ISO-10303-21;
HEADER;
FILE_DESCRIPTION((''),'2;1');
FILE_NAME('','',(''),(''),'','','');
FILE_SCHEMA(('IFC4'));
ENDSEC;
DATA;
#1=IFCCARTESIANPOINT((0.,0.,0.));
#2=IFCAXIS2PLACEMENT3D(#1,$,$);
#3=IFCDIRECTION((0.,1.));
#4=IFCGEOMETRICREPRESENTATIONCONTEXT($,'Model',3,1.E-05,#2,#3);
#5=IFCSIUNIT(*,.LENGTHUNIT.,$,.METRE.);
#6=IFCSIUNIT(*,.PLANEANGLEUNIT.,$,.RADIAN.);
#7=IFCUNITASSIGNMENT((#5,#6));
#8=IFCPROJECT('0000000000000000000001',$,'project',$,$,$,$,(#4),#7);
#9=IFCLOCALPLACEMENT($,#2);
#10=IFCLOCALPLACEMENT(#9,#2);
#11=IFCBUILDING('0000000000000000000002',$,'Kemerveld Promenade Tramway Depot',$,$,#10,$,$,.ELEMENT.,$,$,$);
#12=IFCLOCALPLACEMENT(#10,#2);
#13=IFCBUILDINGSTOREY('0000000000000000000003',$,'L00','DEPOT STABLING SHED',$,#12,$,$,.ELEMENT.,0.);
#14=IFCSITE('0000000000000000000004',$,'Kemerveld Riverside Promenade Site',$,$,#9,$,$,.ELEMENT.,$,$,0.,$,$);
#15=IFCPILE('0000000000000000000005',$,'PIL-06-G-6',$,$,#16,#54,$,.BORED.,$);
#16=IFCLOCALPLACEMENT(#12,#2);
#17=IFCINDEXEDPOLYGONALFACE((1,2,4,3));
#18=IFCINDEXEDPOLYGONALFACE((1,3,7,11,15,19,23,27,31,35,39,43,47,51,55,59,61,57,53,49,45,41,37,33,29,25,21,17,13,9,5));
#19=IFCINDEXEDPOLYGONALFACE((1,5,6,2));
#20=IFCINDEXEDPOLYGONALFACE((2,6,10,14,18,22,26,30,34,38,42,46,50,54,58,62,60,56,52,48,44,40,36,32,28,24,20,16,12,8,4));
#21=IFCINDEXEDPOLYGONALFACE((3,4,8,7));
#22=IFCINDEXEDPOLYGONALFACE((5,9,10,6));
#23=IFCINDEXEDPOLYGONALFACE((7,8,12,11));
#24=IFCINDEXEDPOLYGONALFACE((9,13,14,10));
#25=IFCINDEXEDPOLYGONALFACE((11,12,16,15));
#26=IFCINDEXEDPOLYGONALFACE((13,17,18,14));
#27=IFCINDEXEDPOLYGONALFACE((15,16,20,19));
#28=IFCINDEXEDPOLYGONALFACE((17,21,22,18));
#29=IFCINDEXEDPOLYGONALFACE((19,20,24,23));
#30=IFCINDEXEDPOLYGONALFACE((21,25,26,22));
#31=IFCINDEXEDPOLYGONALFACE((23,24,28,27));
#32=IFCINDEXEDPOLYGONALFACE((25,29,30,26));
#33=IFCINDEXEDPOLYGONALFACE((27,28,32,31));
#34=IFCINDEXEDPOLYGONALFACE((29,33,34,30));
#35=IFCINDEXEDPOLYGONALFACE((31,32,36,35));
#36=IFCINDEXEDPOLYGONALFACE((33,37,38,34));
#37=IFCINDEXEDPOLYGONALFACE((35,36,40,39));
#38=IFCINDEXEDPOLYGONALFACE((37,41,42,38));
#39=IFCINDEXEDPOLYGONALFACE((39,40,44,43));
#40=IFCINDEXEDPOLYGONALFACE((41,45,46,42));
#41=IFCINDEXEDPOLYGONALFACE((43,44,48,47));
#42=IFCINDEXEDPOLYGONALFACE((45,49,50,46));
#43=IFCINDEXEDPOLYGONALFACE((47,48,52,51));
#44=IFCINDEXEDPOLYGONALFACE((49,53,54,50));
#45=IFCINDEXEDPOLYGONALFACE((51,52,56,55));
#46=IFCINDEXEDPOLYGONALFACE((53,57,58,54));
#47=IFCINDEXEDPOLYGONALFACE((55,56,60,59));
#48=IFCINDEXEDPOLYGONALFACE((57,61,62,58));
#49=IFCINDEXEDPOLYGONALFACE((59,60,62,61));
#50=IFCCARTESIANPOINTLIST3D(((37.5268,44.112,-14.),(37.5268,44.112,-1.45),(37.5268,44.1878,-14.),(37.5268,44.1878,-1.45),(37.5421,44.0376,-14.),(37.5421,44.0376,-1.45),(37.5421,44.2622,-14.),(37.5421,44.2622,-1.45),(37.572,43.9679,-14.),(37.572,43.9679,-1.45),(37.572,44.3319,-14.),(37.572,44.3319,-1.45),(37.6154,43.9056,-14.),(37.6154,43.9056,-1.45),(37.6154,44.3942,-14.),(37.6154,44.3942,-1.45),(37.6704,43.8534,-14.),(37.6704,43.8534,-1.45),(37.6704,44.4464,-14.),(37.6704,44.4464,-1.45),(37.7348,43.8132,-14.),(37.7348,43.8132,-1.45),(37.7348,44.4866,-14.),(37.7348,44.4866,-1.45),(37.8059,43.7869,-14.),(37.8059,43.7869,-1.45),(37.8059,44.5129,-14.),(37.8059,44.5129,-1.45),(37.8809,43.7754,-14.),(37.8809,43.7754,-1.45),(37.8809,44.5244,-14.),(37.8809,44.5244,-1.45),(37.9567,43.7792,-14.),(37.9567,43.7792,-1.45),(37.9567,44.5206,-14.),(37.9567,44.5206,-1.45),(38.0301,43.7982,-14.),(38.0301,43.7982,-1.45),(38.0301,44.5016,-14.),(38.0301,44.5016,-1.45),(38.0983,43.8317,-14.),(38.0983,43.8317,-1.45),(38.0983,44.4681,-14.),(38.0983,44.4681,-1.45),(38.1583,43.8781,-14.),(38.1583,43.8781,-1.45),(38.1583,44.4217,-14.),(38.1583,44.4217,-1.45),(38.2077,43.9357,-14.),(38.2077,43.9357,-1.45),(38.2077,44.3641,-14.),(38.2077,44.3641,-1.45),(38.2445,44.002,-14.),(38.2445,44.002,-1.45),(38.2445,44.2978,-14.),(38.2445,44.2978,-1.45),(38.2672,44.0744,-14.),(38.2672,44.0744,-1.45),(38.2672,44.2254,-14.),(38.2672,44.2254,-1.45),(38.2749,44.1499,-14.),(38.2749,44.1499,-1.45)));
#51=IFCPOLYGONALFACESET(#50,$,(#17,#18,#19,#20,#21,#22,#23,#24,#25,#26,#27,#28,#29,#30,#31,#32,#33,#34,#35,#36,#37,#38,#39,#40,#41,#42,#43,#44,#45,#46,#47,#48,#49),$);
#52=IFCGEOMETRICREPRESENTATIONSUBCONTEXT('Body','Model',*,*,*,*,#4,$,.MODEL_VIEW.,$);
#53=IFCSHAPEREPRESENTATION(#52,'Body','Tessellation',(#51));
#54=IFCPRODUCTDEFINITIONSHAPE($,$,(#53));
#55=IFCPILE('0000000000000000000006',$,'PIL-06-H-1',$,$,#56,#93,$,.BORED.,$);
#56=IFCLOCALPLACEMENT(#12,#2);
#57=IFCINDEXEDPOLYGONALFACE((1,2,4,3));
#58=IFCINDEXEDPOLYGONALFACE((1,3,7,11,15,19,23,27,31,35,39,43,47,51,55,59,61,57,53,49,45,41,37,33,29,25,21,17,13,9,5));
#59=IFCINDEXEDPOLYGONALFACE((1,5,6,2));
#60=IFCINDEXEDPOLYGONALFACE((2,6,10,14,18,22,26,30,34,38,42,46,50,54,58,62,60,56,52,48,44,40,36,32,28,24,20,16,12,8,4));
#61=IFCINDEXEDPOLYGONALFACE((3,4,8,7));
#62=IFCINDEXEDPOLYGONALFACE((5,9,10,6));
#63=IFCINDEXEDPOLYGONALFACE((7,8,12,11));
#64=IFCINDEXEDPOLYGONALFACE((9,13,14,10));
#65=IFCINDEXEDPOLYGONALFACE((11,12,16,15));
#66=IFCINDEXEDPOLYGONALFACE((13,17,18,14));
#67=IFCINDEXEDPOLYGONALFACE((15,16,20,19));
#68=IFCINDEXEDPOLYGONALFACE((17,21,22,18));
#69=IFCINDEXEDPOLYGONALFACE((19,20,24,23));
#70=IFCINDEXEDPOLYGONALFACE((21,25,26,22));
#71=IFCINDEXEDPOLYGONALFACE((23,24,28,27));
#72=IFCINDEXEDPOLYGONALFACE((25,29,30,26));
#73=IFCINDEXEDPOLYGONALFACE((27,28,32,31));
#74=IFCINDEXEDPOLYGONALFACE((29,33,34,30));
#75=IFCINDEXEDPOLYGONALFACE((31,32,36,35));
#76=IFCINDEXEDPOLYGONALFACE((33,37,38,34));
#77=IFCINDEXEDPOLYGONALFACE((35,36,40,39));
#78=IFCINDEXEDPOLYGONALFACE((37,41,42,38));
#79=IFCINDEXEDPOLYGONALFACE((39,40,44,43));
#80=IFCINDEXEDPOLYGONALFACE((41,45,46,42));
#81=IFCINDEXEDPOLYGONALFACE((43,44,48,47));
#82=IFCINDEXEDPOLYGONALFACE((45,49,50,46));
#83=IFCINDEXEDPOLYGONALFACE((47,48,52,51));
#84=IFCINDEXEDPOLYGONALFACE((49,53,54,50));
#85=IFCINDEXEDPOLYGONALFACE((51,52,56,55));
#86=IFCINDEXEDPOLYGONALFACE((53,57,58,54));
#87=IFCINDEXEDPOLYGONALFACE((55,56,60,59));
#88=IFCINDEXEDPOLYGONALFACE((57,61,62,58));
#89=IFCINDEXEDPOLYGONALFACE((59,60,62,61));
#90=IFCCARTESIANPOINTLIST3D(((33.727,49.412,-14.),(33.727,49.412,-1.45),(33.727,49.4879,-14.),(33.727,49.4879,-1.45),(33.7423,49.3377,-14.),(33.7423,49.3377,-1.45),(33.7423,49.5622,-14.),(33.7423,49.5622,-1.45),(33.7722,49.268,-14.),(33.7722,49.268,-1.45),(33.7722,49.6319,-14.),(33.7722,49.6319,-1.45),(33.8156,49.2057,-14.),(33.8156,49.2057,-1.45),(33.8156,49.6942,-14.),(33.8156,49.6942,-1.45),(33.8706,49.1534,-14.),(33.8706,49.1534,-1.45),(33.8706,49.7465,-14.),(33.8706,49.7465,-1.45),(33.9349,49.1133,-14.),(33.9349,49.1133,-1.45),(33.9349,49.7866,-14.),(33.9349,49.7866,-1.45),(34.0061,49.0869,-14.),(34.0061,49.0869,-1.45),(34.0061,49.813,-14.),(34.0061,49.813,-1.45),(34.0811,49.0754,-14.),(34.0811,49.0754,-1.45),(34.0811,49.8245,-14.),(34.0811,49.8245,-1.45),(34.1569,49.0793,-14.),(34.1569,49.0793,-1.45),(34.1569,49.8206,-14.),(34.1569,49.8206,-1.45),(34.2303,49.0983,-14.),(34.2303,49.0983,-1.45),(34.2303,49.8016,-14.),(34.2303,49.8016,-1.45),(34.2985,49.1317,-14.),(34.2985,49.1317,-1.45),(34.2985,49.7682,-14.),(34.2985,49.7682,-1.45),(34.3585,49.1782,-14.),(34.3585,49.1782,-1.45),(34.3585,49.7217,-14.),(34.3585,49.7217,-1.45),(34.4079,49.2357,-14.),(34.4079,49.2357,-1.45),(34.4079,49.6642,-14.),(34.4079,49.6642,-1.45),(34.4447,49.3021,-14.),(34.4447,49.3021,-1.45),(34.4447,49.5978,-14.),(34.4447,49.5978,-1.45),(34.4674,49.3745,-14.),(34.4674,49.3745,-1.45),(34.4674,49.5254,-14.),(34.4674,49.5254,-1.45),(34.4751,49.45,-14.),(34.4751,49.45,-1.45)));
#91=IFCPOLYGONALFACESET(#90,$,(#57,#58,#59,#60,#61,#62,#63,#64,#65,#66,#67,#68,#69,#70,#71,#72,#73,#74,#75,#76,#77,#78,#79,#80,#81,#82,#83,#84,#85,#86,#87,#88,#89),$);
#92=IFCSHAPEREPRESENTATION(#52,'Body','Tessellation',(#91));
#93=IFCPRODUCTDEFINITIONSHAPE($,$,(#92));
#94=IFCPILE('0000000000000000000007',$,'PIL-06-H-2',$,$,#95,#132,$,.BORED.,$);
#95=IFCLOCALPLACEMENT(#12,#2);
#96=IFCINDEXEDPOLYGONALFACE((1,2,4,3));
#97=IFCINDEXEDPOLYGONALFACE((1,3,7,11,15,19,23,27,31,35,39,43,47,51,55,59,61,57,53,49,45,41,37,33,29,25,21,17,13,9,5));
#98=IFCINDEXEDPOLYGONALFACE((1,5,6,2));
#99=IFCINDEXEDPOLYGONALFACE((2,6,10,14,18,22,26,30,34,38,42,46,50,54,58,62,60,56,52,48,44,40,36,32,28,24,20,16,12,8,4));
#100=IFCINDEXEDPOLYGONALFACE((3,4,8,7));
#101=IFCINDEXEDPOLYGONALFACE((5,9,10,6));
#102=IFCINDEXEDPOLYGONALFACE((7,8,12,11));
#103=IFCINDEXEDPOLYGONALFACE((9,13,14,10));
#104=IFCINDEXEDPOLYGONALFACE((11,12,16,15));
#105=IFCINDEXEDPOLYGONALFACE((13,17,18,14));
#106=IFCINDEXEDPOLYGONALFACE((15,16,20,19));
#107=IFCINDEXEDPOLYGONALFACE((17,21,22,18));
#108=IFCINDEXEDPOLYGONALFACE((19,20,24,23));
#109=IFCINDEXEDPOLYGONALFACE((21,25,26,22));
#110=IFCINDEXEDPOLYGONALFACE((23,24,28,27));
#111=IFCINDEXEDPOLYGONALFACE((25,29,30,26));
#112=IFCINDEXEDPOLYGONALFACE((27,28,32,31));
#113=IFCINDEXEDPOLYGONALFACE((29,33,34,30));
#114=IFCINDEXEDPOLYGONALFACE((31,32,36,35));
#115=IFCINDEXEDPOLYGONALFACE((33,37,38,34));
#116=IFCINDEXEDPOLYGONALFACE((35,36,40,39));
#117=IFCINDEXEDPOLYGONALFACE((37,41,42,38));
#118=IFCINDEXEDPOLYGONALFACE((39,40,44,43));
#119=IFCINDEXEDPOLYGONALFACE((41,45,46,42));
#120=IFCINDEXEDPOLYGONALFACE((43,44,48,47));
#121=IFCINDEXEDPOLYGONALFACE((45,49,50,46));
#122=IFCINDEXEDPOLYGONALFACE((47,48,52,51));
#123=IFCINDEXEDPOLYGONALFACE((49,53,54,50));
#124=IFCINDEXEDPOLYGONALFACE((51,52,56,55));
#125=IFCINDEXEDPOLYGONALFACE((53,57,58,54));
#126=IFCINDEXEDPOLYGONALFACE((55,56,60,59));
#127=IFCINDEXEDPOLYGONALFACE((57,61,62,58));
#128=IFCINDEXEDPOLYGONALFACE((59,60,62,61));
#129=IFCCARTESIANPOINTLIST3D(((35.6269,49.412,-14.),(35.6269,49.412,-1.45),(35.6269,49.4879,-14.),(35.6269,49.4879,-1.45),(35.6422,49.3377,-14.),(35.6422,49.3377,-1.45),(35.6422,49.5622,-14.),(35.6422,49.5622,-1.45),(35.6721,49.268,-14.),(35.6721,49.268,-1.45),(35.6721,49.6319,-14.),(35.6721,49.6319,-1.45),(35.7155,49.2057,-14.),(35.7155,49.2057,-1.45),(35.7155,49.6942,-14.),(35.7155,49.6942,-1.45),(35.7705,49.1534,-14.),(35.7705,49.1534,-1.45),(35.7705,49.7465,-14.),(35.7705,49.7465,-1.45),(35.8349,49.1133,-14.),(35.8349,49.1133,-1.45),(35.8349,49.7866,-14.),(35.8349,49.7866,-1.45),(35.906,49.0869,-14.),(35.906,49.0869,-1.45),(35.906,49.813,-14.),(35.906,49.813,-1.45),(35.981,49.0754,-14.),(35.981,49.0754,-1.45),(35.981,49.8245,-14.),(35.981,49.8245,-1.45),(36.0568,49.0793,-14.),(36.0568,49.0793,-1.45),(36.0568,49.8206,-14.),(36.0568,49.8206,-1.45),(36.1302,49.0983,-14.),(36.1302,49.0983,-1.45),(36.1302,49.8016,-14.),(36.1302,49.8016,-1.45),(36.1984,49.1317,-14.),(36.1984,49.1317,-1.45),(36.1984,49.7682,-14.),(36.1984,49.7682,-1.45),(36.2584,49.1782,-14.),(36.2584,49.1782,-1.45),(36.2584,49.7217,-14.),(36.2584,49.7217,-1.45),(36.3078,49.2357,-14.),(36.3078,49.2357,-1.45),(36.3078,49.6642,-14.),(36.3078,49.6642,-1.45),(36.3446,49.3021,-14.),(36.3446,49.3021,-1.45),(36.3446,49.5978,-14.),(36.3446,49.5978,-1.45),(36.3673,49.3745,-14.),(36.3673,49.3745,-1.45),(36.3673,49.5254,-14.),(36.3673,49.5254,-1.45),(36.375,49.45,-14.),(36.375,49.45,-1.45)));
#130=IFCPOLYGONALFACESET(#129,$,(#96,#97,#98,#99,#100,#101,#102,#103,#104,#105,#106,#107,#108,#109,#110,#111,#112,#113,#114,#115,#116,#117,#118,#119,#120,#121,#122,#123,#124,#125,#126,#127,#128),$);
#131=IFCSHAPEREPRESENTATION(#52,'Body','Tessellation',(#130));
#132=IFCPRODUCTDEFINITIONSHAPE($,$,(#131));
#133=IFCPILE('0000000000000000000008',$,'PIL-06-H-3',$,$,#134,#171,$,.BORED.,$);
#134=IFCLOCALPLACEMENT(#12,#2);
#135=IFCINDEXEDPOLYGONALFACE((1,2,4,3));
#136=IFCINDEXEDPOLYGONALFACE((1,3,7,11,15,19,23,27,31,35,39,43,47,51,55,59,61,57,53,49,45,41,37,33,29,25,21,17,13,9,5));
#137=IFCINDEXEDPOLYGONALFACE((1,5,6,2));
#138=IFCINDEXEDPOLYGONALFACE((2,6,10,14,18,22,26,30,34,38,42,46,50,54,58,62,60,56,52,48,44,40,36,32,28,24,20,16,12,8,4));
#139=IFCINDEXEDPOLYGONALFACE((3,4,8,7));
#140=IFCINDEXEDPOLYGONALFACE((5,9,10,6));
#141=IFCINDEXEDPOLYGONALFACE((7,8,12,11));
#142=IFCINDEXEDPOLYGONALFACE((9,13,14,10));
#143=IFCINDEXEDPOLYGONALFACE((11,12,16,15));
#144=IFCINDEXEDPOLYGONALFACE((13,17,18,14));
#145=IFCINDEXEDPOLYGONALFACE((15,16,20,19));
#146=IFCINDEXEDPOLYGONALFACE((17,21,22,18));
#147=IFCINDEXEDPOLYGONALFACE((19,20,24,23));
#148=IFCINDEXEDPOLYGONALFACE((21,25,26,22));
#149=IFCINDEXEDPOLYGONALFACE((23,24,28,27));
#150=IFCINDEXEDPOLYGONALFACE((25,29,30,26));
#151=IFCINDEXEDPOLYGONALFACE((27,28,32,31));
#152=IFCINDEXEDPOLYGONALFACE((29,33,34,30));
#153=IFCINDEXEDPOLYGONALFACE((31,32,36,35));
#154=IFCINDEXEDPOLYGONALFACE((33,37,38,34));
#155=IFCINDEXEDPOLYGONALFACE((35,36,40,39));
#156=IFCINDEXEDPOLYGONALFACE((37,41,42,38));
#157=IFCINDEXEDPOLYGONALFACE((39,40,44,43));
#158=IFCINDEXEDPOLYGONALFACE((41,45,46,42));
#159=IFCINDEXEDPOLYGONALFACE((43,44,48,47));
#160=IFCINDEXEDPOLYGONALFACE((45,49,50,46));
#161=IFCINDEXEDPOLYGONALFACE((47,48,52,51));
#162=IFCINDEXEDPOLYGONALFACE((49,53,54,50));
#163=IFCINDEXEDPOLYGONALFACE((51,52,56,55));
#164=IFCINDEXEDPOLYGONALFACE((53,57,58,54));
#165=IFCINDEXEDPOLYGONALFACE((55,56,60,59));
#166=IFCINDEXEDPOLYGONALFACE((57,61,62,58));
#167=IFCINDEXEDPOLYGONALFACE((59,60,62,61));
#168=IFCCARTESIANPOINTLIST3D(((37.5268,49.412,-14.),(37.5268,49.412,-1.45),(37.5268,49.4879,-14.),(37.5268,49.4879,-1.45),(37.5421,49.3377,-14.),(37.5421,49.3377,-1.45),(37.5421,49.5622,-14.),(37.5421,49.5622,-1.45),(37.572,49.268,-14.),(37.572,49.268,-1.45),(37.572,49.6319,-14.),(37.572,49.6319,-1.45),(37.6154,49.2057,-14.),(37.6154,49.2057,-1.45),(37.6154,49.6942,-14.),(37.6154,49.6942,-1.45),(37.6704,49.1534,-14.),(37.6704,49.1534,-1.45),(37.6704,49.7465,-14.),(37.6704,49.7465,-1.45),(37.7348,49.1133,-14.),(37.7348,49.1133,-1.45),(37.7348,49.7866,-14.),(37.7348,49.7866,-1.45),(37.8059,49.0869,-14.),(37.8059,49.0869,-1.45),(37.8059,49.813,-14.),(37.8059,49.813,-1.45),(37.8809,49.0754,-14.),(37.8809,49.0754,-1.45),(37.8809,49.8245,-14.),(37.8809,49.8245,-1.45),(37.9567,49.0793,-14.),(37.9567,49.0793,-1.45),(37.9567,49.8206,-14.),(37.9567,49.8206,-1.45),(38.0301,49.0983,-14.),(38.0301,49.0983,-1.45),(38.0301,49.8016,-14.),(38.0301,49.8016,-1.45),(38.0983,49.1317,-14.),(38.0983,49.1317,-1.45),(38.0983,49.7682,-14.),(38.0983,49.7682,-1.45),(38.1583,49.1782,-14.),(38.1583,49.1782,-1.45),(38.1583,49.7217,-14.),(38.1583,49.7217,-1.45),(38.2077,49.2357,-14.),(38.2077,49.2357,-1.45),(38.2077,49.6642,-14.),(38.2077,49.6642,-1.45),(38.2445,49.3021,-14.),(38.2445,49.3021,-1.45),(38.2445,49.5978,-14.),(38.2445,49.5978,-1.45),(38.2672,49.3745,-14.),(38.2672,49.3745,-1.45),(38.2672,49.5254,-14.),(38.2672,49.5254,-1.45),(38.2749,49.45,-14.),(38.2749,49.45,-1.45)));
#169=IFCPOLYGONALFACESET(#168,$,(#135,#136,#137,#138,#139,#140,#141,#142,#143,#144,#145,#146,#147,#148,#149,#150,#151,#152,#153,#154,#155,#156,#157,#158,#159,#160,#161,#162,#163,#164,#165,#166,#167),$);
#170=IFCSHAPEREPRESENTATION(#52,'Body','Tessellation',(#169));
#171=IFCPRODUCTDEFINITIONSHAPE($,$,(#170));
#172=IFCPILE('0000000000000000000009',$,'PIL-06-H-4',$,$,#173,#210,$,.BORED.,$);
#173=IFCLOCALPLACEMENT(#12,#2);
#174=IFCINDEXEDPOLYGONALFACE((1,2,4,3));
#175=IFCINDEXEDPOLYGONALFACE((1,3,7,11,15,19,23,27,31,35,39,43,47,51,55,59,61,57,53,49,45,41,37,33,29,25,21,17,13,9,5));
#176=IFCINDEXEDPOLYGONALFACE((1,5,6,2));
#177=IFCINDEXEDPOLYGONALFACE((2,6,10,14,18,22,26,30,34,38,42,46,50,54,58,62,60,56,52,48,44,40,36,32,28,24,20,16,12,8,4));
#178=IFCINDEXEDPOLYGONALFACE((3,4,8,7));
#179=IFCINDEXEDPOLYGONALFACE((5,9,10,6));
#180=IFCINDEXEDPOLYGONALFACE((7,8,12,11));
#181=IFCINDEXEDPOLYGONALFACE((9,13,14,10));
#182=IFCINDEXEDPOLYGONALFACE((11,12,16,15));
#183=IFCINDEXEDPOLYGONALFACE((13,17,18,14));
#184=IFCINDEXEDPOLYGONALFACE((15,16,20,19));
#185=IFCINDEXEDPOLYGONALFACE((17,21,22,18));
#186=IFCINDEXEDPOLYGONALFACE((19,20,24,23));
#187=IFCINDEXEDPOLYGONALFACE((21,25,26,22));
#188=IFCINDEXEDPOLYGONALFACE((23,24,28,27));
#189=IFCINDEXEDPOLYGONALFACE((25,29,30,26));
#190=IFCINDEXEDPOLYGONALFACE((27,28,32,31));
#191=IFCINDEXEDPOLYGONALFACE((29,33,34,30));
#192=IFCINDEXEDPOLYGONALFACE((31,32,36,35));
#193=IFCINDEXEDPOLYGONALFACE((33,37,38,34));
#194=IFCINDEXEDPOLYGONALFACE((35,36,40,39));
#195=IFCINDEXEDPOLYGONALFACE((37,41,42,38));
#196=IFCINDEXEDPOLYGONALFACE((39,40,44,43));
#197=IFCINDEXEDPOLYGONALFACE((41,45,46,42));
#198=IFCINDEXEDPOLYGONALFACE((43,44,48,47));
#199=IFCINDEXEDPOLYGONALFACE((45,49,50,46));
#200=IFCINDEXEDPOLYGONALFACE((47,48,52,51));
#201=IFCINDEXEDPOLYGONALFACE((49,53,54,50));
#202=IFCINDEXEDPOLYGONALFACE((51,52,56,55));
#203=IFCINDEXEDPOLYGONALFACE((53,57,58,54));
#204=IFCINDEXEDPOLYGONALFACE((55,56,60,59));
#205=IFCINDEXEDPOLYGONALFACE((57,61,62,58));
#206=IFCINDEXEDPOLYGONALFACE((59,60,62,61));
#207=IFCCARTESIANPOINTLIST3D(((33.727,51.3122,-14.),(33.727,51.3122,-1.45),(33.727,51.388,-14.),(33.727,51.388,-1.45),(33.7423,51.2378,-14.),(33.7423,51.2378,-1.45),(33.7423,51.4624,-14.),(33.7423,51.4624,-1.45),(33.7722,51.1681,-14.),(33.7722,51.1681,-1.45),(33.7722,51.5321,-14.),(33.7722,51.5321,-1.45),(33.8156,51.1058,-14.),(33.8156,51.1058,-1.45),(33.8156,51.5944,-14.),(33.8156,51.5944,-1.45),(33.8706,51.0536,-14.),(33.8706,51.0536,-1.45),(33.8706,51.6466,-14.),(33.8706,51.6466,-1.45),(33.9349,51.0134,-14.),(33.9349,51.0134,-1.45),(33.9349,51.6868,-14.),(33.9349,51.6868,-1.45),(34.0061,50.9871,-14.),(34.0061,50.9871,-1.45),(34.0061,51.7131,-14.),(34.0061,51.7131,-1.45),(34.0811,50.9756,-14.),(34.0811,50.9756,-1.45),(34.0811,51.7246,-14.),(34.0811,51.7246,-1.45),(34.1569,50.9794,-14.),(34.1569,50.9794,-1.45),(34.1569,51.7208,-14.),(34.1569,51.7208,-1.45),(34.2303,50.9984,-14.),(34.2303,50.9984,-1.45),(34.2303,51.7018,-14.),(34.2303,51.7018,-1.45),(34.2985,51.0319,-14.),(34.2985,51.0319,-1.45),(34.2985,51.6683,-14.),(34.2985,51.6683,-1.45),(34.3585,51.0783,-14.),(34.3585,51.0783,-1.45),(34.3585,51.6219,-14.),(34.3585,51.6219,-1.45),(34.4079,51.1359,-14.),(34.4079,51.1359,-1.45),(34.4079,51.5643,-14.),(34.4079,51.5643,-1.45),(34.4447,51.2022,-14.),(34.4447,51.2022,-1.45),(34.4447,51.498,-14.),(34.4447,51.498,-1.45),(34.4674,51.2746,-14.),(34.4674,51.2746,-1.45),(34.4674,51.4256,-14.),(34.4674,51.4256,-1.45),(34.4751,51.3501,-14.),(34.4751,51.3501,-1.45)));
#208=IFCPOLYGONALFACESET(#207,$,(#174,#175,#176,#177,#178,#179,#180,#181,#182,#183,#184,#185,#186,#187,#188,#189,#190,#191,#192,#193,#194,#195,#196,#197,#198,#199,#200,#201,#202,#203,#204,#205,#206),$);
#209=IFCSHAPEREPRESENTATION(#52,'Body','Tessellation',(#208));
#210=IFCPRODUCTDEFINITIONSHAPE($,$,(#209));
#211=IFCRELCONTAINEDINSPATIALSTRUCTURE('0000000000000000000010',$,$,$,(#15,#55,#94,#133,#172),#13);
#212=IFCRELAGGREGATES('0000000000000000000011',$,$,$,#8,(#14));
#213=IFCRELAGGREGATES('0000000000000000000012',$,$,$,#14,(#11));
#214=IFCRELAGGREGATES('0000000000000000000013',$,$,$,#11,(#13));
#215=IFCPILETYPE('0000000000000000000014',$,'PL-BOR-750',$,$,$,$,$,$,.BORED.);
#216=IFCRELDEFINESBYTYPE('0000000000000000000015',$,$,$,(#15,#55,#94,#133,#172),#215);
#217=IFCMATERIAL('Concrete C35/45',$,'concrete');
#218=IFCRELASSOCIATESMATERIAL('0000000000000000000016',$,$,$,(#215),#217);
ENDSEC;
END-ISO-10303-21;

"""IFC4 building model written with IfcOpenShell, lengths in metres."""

from ifc_helpers import new_model, si_unit, direction, frame, origin, origin_2d, place, context, subcontext, project, spatial, circle, extrude, material, material_profile, profile_set, type_object, element, save


model = new_model("IFC4")

# Units and contexts
model_context = context("Model", 3, precision=1e-05, world=origin(), true_north=direction((0.0, 1.0)))
body_context = subcontext(model_context, "Body", "Model", "MODEL_VIEW")
ifc_project = project(units=[si_unit("LENGTHUNIT", "METRE"), si_unit("PLANEANGLEUNIT", "RADIAN")], contexts=[model_context])

# Site, building, storey
site_placement = place(None, origin())
site = spatial("IfcSite", under=ifc_project, at=site_placement, Name="Kemerveld Riverside Promenade Site", CompositionType="ELEMENT", RefElevation=0.0)
building_placement = place(site_placement, origin())
building = spatial("IfcBuilding", under=site, at=building_placement, Name="Kemerveld Promenade Tramway Depot", CompositionType="ELEMENT")
storey_placement = place(building_placement, origin())
storey = spatial("IfcBuildingStorey", under=building, at=storey_placement, Name="L00", Description="DEPOT STABLING SHED", CompositionType="ELEMENT", Elevation=0.0)

# Shared definitions
ifc_material_1 = material(Name="Concrete C35/45", Category="concrete")

# Piles
ifc_material_profile_1 = material_profile(ifc_material_1, circle(Radius=0.375, at=origin_2d()), Name="PILE-D750")
ifc_profile_set_1 = profile_set([ifc_material_profile_1], Name="Concrete C35/45")
pile_type = type_object("IfcPileType", Name="PL-BOR-750", PredefinedType="BORED", material=ifc_profile_set_1)
for number, where, z_axis, x_axis, name in (
    (1, (37.8999, 44.1499, -1.45), (0.0, 0.0, -1.0), (1.0, 0.0, 0.0), "PIL-06-G-6"),
    (2, (34.1001, 49.45, -1.45), (0.0, 0.0, -1.0), (1.0, 0.0, 0.0), "PIL-06-H-1"),
    (3, (36.0, 49.45, -1.45), (0.0, 0.0, -1.0), (1.0, 0.0, 0.0), "PIL-06-H-2"),
    (4, (37.8999, 49.45, -1.45), (0.0, 0.0, -1.0), (1.0, 0.0, 0.0), "PIL-06-H-3"),
    (5, (34.1001, 51.3501, -1.45), (0.0, 0.0, -1.0), (1.0, 0.0, 0.0), "PIL-06-H-4"),
):
    element("IfcPile", number, at=place(storey_placement, frame(where, z_axis=z_axis, x_axis=x_axis)), inside=storey, type_object=pile_type, Name=name, PredefinedType="BORED", context=body_context, shape_type="SweptSolid", body=[
        extrude(circle(Radius=0.375, at=origin_2d()), origin(), (0.0, 0.0, 1.0), 12.55),
    ])

save(model, "model.ifc")
